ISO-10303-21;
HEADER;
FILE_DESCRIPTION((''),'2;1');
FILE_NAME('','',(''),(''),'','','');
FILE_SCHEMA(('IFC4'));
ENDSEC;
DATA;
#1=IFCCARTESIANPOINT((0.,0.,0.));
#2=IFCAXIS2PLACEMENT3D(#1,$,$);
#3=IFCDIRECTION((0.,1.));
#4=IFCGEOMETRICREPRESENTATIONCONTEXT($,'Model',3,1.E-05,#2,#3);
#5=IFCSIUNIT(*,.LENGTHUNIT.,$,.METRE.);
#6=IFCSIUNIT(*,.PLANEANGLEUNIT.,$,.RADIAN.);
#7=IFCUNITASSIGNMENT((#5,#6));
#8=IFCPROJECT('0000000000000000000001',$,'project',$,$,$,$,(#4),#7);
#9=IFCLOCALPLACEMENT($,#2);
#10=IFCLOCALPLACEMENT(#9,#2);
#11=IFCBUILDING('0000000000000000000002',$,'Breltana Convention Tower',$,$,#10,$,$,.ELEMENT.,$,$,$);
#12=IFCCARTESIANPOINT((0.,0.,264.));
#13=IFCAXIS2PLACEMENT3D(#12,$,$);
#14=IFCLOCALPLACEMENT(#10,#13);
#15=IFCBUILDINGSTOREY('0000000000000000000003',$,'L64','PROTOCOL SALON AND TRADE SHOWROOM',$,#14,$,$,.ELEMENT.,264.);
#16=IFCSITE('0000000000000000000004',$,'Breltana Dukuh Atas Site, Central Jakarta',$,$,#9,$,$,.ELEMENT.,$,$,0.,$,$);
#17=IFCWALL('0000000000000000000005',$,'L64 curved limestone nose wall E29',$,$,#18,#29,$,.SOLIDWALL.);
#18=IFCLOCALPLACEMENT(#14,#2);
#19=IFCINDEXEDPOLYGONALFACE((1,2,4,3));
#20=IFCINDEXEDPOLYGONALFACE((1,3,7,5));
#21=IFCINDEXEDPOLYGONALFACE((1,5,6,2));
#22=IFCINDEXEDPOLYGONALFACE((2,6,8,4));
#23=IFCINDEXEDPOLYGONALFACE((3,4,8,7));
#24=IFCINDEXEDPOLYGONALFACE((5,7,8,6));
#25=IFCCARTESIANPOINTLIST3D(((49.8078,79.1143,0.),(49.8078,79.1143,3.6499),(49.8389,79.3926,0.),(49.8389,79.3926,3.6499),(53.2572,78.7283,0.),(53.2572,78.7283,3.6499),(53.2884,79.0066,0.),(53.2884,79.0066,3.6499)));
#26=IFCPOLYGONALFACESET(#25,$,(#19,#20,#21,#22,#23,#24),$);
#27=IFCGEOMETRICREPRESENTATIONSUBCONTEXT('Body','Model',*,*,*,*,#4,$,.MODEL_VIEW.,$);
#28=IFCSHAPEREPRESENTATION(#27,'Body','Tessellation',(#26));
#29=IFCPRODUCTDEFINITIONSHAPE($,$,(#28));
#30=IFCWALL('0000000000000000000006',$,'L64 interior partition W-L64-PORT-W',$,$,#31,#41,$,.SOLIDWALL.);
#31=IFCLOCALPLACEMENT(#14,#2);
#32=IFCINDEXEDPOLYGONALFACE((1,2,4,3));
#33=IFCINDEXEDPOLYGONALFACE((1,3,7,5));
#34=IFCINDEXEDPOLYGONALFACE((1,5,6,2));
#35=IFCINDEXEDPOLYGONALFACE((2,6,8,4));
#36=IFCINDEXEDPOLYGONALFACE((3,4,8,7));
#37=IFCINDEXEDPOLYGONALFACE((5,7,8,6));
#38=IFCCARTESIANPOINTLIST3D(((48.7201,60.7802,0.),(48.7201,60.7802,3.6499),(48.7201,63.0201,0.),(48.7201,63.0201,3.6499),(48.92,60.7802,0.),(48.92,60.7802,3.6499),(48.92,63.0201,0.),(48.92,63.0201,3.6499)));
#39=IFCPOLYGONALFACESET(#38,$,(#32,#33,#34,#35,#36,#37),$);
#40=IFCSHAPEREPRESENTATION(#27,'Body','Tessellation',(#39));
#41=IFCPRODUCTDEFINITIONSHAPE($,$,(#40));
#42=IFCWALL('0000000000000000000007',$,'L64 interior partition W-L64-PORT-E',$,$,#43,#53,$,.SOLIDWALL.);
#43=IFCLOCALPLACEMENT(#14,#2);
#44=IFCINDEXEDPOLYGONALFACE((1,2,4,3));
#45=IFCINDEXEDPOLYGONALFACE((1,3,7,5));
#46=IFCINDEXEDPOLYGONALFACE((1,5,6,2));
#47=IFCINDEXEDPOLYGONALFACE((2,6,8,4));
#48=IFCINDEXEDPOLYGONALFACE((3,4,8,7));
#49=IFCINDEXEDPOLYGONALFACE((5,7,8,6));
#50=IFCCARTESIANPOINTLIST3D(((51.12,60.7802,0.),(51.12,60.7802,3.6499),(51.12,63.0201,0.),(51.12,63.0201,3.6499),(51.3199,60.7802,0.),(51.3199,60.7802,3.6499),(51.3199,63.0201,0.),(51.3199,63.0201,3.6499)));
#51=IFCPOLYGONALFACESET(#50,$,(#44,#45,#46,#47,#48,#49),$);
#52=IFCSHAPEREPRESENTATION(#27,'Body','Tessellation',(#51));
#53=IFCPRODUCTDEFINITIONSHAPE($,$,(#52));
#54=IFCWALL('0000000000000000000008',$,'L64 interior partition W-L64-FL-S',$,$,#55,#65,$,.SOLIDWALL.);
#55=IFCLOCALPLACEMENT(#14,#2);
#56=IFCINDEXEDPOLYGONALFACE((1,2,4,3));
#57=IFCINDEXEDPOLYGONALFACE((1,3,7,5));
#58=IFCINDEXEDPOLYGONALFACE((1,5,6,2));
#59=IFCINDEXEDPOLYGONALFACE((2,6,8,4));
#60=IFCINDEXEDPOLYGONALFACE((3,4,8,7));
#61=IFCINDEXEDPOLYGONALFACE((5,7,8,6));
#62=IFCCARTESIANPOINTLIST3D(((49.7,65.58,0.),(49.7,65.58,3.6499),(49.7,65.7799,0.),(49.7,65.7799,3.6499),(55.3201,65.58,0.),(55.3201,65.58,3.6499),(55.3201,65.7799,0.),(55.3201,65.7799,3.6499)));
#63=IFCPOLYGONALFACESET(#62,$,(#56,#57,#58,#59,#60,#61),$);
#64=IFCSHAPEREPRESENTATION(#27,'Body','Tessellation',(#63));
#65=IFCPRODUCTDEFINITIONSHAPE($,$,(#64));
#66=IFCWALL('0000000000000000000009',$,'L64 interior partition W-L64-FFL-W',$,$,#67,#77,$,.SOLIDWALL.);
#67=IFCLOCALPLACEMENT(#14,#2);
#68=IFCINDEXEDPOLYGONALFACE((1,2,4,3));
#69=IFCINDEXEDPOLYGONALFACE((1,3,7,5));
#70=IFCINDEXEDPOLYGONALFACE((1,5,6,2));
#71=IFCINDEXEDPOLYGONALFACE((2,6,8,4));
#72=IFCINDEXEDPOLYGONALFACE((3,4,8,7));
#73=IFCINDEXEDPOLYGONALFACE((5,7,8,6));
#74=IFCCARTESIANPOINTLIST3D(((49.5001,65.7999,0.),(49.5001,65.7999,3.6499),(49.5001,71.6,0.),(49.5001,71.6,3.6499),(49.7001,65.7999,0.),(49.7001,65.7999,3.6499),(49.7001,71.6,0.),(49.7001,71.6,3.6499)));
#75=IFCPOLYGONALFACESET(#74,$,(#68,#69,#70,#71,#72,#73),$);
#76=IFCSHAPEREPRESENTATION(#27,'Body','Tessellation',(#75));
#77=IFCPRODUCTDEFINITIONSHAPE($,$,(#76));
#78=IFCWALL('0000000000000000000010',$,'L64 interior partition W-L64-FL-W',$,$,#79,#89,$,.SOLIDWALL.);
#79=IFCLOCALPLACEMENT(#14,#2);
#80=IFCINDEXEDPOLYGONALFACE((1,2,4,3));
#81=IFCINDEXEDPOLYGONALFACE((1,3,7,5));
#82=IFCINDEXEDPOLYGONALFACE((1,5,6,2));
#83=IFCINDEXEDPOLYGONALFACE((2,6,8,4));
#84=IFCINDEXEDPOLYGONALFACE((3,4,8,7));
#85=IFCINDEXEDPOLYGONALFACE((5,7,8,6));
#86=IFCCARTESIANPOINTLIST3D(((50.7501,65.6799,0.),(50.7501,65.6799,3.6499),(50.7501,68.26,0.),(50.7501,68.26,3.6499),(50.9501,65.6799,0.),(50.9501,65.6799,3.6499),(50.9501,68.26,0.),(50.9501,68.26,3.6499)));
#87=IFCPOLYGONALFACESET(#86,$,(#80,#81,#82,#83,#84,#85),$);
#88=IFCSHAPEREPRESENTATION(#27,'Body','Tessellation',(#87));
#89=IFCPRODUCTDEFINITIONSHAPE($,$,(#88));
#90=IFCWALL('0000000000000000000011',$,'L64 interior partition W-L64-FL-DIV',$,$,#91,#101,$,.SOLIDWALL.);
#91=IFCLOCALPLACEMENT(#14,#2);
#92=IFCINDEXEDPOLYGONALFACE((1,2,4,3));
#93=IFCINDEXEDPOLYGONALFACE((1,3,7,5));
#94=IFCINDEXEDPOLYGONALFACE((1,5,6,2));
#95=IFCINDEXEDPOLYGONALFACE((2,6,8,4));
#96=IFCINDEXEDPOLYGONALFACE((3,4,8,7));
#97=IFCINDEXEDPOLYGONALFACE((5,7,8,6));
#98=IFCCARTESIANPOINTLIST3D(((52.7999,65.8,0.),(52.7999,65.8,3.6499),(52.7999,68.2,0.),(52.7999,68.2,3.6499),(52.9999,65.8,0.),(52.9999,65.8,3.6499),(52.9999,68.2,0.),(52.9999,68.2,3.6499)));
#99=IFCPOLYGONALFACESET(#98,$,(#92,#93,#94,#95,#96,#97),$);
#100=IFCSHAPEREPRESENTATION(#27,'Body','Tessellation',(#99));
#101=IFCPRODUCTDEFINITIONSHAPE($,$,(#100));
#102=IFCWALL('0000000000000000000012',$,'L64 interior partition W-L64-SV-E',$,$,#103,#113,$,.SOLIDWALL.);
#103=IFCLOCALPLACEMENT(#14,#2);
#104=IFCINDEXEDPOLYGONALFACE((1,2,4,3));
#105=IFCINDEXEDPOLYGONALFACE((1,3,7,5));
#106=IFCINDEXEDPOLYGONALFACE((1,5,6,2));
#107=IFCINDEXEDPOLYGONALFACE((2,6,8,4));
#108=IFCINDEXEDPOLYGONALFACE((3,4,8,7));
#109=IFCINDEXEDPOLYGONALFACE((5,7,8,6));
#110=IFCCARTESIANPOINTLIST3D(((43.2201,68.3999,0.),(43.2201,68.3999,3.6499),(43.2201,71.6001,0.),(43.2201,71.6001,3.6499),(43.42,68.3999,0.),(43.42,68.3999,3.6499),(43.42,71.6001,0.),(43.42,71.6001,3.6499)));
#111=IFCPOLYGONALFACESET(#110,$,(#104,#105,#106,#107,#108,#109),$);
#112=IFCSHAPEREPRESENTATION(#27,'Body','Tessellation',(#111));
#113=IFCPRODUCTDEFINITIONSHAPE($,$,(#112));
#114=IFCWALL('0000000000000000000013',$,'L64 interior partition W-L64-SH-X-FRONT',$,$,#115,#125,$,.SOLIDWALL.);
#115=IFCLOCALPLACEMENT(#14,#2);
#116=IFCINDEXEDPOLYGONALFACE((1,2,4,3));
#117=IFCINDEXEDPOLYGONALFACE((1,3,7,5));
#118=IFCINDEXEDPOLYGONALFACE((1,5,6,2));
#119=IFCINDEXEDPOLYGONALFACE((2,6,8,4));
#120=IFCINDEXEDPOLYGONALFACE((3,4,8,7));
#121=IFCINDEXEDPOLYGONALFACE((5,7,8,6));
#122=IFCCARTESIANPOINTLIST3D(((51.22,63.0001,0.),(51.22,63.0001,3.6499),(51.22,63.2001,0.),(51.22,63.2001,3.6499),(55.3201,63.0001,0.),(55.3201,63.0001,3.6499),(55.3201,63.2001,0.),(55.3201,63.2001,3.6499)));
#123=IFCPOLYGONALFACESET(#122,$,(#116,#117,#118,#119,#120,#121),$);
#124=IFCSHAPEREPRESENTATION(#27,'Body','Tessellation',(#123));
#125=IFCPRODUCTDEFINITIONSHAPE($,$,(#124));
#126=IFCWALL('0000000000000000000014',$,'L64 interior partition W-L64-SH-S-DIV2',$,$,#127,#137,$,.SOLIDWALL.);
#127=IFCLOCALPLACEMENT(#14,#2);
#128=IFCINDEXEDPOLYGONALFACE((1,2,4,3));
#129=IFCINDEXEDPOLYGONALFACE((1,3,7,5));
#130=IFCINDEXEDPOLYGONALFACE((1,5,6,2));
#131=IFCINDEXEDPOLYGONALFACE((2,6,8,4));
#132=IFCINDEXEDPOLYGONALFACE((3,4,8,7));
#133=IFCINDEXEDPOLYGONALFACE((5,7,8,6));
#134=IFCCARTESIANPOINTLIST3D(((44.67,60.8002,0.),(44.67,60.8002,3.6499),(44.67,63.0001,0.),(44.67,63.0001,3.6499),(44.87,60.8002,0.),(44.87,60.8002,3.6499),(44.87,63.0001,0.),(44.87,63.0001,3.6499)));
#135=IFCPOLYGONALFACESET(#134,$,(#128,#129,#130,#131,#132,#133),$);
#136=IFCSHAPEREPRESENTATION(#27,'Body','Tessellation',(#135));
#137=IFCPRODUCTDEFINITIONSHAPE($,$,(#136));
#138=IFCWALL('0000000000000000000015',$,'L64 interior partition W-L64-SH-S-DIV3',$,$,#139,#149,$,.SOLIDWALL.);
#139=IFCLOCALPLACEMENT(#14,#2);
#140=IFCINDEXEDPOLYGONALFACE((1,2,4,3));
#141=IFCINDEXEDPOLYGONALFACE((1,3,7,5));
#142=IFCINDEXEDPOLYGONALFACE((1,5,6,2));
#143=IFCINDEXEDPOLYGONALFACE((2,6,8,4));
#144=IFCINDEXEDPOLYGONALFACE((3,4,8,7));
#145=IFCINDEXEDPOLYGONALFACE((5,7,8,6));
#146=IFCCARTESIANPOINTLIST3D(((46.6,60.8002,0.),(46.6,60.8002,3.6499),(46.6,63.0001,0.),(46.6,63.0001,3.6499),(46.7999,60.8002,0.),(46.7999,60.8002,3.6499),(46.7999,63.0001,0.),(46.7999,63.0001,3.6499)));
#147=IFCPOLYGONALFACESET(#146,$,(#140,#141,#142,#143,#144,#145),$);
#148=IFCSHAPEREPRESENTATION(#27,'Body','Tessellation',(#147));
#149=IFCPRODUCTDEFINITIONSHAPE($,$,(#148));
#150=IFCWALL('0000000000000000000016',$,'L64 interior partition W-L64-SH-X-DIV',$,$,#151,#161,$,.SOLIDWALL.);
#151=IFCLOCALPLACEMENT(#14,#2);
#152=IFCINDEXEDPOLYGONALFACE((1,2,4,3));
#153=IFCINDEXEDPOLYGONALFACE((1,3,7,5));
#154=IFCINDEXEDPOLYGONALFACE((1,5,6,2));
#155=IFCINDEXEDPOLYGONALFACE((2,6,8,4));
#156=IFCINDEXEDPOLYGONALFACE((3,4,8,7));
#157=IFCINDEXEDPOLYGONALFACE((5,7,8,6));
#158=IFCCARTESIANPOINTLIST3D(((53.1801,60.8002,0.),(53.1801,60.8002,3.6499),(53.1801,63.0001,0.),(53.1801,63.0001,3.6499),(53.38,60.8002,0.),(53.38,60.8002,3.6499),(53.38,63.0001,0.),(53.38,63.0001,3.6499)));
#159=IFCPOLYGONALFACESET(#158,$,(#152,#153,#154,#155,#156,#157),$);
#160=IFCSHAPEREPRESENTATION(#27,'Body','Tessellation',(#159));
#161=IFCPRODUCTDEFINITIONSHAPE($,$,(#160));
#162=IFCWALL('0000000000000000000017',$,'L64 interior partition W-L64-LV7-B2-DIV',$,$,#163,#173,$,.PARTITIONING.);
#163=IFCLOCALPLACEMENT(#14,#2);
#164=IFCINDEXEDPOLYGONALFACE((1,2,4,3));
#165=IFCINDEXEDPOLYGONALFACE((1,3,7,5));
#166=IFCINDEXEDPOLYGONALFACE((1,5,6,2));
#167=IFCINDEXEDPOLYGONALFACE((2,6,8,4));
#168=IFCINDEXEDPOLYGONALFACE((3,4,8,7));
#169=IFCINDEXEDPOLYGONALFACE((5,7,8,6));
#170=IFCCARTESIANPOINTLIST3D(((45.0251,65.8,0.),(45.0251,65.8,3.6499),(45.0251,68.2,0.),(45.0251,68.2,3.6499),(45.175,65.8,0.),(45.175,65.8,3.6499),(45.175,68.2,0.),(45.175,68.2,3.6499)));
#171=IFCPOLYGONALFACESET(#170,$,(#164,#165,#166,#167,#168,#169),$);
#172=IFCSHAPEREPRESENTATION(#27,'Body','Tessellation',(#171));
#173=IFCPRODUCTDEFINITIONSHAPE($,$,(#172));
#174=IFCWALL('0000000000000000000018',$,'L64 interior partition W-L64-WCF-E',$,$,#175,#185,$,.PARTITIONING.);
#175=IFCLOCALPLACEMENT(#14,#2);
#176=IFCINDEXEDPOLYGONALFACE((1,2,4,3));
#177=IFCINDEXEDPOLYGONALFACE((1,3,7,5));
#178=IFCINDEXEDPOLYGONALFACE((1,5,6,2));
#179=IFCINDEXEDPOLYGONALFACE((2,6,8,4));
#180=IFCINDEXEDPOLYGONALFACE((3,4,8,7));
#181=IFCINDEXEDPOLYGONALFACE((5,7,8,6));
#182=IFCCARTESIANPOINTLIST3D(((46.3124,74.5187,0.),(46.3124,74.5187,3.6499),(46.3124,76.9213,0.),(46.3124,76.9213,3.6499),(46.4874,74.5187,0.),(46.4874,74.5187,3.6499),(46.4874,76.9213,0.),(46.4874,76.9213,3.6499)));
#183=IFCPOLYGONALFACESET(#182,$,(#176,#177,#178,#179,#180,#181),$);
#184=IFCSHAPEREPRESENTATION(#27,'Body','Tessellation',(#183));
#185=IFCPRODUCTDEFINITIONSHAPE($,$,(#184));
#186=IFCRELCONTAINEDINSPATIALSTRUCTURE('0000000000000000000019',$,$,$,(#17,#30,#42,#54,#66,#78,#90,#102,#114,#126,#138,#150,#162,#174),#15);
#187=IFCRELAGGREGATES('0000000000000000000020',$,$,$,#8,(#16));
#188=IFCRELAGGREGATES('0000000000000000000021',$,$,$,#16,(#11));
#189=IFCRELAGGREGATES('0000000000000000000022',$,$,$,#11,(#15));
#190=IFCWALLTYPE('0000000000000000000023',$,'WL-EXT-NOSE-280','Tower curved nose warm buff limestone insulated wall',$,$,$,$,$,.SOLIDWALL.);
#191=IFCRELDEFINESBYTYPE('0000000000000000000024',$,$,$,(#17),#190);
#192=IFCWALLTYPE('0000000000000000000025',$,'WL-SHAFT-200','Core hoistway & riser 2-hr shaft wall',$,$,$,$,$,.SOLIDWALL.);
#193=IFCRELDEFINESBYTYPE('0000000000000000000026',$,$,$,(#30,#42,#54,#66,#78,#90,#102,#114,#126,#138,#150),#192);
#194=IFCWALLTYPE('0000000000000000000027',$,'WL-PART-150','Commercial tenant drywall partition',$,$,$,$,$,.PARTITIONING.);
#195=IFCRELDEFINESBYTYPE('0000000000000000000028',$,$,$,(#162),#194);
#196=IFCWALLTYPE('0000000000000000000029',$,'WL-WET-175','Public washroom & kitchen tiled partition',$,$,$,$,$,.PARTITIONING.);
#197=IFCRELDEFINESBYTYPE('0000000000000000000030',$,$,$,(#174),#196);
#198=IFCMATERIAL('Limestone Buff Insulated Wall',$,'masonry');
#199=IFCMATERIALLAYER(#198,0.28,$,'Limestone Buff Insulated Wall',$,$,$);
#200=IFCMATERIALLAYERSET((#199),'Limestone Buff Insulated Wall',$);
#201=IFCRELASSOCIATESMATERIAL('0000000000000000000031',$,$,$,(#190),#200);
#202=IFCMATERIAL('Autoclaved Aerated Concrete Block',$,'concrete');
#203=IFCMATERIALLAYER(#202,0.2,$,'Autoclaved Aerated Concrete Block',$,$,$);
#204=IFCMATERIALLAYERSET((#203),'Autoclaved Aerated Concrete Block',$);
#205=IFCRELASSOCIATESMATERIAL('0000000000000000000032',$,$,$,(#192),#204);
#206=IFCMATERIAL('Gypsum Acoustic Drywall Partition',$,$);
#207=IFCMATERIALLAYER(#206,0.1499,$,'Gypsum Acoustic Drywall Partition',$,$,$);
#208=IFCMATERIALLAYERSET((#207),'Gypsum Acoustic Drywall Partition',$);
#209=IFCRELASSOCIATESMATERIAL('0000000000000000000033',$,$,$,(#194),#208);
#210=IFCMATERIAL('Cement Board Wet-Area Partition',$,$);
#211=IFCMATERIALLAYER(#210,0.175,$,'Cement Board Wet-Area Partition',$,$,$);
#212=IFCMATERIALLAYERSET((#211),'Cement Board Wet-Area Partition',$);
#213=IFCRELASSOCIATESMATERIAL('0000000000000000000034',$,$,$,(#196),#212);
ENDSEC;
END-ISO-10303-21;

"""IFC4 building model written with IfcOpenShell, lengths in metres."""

from ifc_helpers import new_model, si_unit, direction, frame, frame_2d, origin, place, context, subcontext, project, spatial, rectangle, extrude, source, transform, mapped, material, layer, layer_set, type_object, element, save


model = new_model("IFC4")

# Units and contexts
model_context = context("Model", 3, precision=1e-05, world=origin(), true_north=direction((0.0, 1.0)))
body_context = subcontext(model_context, "Body", "Model", "MODEL_VIEW")
ifc_project = project(units=[si_unit("LENGTHUNIT", "METRE"), si_unit("PLANEANGLEUNIT", "RADIAN")], contexts=[model_context])

# Site, building, storey
site_placement = place(None, origin())
site = spatial("IfcSite", under=ifc_project, at=site_placement, Name="Breltana Dukuh Atas Site, Central Jakarta", CompositionType="ELEMENT", RefElevation=0.0)
building_placement = place(site_placement, origin())
building = spatial("IfcBuilding", under=site, at=building_placement, Name="Breltana Convention Tower", CompositionType="ELEMENT")
storey_placement = place(building_placement, frame((0.0, 0.0, 264.0)))
storey = spatial("IfcBuildingStorey", under=building, at=storey_placement, Name="L64", Description="PROTOCOL SALON AND TRADE SHOWROOM", CompositionType="ELEMENT", Elevation=264.0)

# Walls
ifc_material_1 = material(Name="Limestone Buff Insulated Wall", Category="masonry")
ifc_layer_1 = layer(ifc_material_1, 0.28, Name="Limestone Buff Insulated Wall")
ifc_layer_set_1 = layer_set([ifc_layer_1], Name="Limestone Buff Insulated Wall")
wall_type_1 = type_object("IfcWallType", Name="WL-EXT-NOSE-280", Description="Tower curved nose warm buff limestone insulated wall", PredefinedType="SOLIDWALL", material=ifc_layer_set_1)
shared_shape_1 = source(origin(), body_context, "Body", "SweptSolid", [
    extrude(rectangle(XDim=3.4709, YDim=0.28, at=frame_2d((1.7354, 0.0))), origin(), (0.0, 0.0, 1.0), 3.6499),
])
wall_1_placement = place(storey_placement, frame((49.8235, 79.2534, 0.0), z_axis=(0.0, 0.0, 1.0), x_axis=(0.993798, -0.111203, 0.0)))
element("IfcWall", 1, at=wall_1_placement, inside=storey, type_object=wall_type_1, Name="L64 curved limestone nose wall E29", PredefinedType="SOLIDWALL", context=body_context, shape_type="MappedRepresentation", body=[
    mapped(shared_shape_1, transform((0.0, 0.0, 0.0), scale=1.0)),
])
ifc_material_2 = material(Name="Autoclaved Aerated Concrete Block", Category="concrete")
ifc_layer_2 = layer(ifc_material_2, 0.2, Name="Autoclaved Aerated Concrete Block")
ifc_layer_set_2 = layer_set([ifc_layer_2], Name="Autoclaved Aerated Concrete Block")
wall_type_2 = type_object("IfcWallType", Name="WL-SHAFT-200", Description="Core hoistway & riser 2-hr shaft wall", PredefinedType="SOLIDWALL", material=ifc_layer_set_2)
shared_shape_2 = source(origin(), body_context, "Body", "SweptSolid", [
    extrude(rectangle(XDim=2.24, YDim=0.2, at=frame_2d((1.1201, 0.0))), origin(), (0.0, 0.0, 1.0), 3.6499),
])
for number, where, z_axis, x_axis, name in (
    (2, (48.8201, 60.78, 0.0), (0.0, 0.0, 1.0), (0.0, 1.0, 0.0), "L64 interior partition W-L64-PORT-W"),
    (3, (51.22, 60.78, 0.0), (0.0, 0.0, 1.0), (0.0, 1.0, 0.0), "L64 interior partition W-L64-PORT-E"),
):
    element("IfcWall", number, at=place(storey_placement, frame(where, z_axis=z_axis, x_axis=x_axis)), inside=storey, type_object=wall_type_2, Name=name, PredefinedType="SOLIDWALL", context=body_context, shape_type="MappedRepresentation", body=[
        mapped(shared_shape_2, transform((0.0, 0.0, 0.0), scale=1.0)),
    ])

# Shared definitions
shared_shape_3 = source(origin(), body_context, "Body", "SweptSolid", [
    extrude(rectangle(XDim=5.6201, YDim=0.2, at=frame_2d((2.8101, 0.0))), origin(), (0.0, 0.0, 1.0), 3.6499),
])

# Walls
wall_2_placement = place(storey_placement, frame((49.7, 65.6799, 0.0), z_axis=(0.0, 0.0, 1.0), x_axis=(1.0, 0.0, 0.0)))
element("IfcWall", 4, at=wall_2_placement, inside=storey, type_object=wall_type_2, Name="L64 interior partition W-L64-FL-S", PredefinedType="SOLIDWALL", context=body_context, shape_type="MappedRepresentation", body=[
    mapped(shared_shape_3, transform((0.0, 0.0, 0.0), scale=1.0)),
])
shared_shape_4 = source(origin(), body_context, "Body", "SweptSolid", [
    extrude(rectangle(XDim=5.8, YDim=0.2, at=frame_2d((2.8999, 0.0))), origin(), (0.0, 0.0, 1.0), 3.6499),
])
wall_3_placement = place(storey_placement, frame((49.6001, 65.8, 0.0), z_axis=(0.0, 0.0, 1.0), x_axis=(0.0, 1.0, 0.0)))
element("IfcWall", 5, at=wall_3_placement, inside=storey, type_object=wall_type_2, Name="L64 interior partition W-L64-FFL-W", PredefinedType="SOLIDWALL", context=body_context, shape_type="MappedRepresentation", body=[
    mapped(shared_shape_4, transform((0.0, 0.0, 0.0), scale=1.0)),
])
shared_shape_5 = source(origin(), body_context, "Body", "SweptSolid", [
    extrude(rectangle(XDim=2.5801, YDim=0.2, at=frame_2d((1.29, 0.0))), origin(), (0.0, 0.0, 1.0), 3.6499),
])
wall_4_placement = place(storey_placement, frame((50.8501, 65.6799, 0.0), z_axis=(0.0, 0.0, 1.0), x_axis=(0.0, 1.0, 0.0)))
element("IfcWall", 6, at=wall_4_placement, inside=storey, type_object=wall_type_2, Name="L64 interior partition W-L64-FL-W", PredefinedType="SOLIDWALL", context=body_context, shape_type="MappedRepresentation", body=[
    mapped(shared_shape_5, transform((0.0, 0.0, 0.0), scale=1.0)),
])
shared_shape_6 = source(origin(), body_context, "Body", "SweptSolid", [
    extrude(rectangle(XDim=2.3999, YDim=0.2, at=frame_2d((1.2, 0.0))), origin(), (0.0, 0.0, 1.0), 3.6499),
])
wall_5_placement = place(storey_placement, frame((52.8999, 65.8, 0.0), z_axis=(0.0, 0.0, 1.0), x_axis=(0.0, 1.0, 0.0)))
element("IfcWall", 7, at=wall_5_placement, inside=storey, type_object=wall_type_2, Name="L64 interior partition W-L64-FL-DIV", PredefinedType="SOLIDWALL", context=body_context, shape_type="MappedRepresentation", body=[
    mapped(shared_shape_6, transform((0.0, 0.0, 0.0), scale=1.0)),
])
shared_shape_7 = source(origin(), body_context, "Body", "SweptSolid", [
    extrude(rectangle(XDim=3.2002, YDim=0.2, at=frame_2d((1.6001, 0.0))), origin(), (0.0, 0.0, 1.0), 3.6499),
])
wall_6_placement = place(storey_placement, frame((43.3201, 68.3999, 0.0), z_axis=(0.0, 0.0, 1.0), x_axis=(0.0, 1.0, 0.0)))
element("IfcWall", 8, at=wall_6_placement, inside=storey, type_object=wall_type_2, Name="L64 interior partition W-L64-SV-E", PredefinedType="SOLIDWALL", context=body_context, shape_type="MappedRepresentation", body=[
    mapped(shared_shape_7, transform((0.0, 0.0, 0.0), scale=1.0)),
])
shared_shape_8 = source(origin(), body_context, "Body", "SweptSolid", [
    extrude(rectangle(XDim=4.1001, YDim=0.2, at=frame_2d((2.05, 0.0))), origin(), (0.0, 0.0, 1.0), 3.6499),
])
wall_7_placement = place(storey_placement, frame((51.22, 63.1001, 0.0), z_axis=(0.0, 0.0, 1.0), x_axis=(1.0, 0.0, 0.0)))
element("IfcWall", 9, at=wall_7_placement, inside=storey, type_object=wall_type_2, Name="L64 interior partition W-L64-SH-X-FRONT", PredefinedType="SOLIDWALL", context=body_context, shape_type="MappedRepresentation", body=[
    mapped(shared_shape_8, transform((0.0, 0.0, 0.0), scale=1.0)),
])
shared_shape_9 = source(origin(), body_context, "Body", "SweptSolid", [
    extrude(rectangle(XDim=2.2, YDim=0.2, at=frame_2d((1.1001, 0.0))), origin(), (0.0, 0.0, 1.0), 3.6499),
])
for number, where, z_axis, x_axis, name in (
    (10, (44.77, 60.8, 0.0), (0.0, 0.0, 1.0), (0.0, 1.0, 0.0), "L64 interior partition W-L64-SH-S-DIV2"),
    (11, (46.7, 60.8, 0.0), (0.0, 0.0, 1.0), (0.0, 1.0, 0.0), "L64 interior partition W-L64-SH-S-DIV3"),
    (12, (53.28, 60.8, 0.0), (0.0, 0.0, 1.0), (0.0, 1.0, 0.0), "L64 interior partition W-L64-SH-X-DIV"),
):
    element("IfcWall", number, at=place(storey_placement, frame(where, z_axis=z_axis, x_axis=x_axis)), inside=storey, type_object=wall_type_2, Name=name, PredefinedType="SOLIDWALL", context=body_context, shape_type="MappedRepresentation", body=[
        mapped(shared_shape_9, transform((0.0, 0.0, 0.0), scale=1.0)),
    ])
ifc_material_3 = material(Name="Gypsum Acoustic Drywall Partition")
ifc_layer_3 = layer(ifc_material_3, 0.1499, Name="Gypsum Acoustic Drywall Partition")
ifc_layer_set_3 = layer_set([ifc_layer_3], Name="Gypsum Acoustic Drywall Partition")
wall_type_3 = type_object("IfcWallType", Name="WL-PART-150", Description="Commercial tenant drywall partition", PredefinedType="PARTITIONING", material=ifc_layer_set_3)
shared_shape_10 = source(origin(), body_context, "Body", "SweptSolid", [
    extrude(rectangle(XDim=2.3999, YDim=0.1499, at=frame_2d((1.2, 0.0))), origin(), (0.0, 0.0, 1.0), 3.6499),
])
wall_8_placement = place(storey_placement, frame((45.1001, 65.8, 0.0), z_axis=(0.0, 0.0, 1.0), x_axis=(0.0, 1.0, 0.0)))
element("IfcWall", 13, at=wall_8_placement, inside=storey, type_object=wall_type_3, Name="L64 interior partition W-L64-LV7-B2-DIV", PredefinedType="PARTITIONING", context=body_context, shape_type="MappedRepresentation", body=[
    mapped(shared_shape_10, transform((0.0, 0.0, 0.0), scale=1.0)),
])
ifc_material_4 = material(Name="Cement Board Wet-Area Partition")
ifc_layer_4 = layer(ifc_material_4, 0.175, Name="Cement Board Wet-Area Partition")
ifc_layer_set_4 = layer_set([ifc_layer_4], Name="Cement Board Wet-Area Partition")
wall_type_4 = type_object("IfcWallType", Name="WL-WET-175", Description="Public washroom & kitchen tiled partition", PredefinedType="PARTITIONING", material=ifc_layer_set_4)
shared_shape_11 = source(origin(), body_context, "Body", "SweptSolid", [
    extrude(rectangle(XDim=2.4026, YDim=0.175, at=frame_2d((1.2012, 0.0))), origin(), (0.0, 0.0, 1.0), 3.6499),
])
for number, where, z_axis, x_axis, name in (
    (14, (46.3999, 74.5188, 0.0), (0.0, 0.0, 1.0), (0.0, 1.0, 0.0), "L64 interior partition W-L64-WCF-E"),
):
    element("IfcWall", number, at=place(storey_placement, frame(where, z_axis=z_axis, x_axis=x_axis)), inside=storey, type_object=wall_type_4, Name=name, PredefinedType="PARTITIONING", context=body_context, shape_type="MappedRepresentation", body=[
        mapped(shared_shape_11, transform((0.0, 0.0, 0.0), scale=1.0)),
    ])

save(model, "model.ifc")
